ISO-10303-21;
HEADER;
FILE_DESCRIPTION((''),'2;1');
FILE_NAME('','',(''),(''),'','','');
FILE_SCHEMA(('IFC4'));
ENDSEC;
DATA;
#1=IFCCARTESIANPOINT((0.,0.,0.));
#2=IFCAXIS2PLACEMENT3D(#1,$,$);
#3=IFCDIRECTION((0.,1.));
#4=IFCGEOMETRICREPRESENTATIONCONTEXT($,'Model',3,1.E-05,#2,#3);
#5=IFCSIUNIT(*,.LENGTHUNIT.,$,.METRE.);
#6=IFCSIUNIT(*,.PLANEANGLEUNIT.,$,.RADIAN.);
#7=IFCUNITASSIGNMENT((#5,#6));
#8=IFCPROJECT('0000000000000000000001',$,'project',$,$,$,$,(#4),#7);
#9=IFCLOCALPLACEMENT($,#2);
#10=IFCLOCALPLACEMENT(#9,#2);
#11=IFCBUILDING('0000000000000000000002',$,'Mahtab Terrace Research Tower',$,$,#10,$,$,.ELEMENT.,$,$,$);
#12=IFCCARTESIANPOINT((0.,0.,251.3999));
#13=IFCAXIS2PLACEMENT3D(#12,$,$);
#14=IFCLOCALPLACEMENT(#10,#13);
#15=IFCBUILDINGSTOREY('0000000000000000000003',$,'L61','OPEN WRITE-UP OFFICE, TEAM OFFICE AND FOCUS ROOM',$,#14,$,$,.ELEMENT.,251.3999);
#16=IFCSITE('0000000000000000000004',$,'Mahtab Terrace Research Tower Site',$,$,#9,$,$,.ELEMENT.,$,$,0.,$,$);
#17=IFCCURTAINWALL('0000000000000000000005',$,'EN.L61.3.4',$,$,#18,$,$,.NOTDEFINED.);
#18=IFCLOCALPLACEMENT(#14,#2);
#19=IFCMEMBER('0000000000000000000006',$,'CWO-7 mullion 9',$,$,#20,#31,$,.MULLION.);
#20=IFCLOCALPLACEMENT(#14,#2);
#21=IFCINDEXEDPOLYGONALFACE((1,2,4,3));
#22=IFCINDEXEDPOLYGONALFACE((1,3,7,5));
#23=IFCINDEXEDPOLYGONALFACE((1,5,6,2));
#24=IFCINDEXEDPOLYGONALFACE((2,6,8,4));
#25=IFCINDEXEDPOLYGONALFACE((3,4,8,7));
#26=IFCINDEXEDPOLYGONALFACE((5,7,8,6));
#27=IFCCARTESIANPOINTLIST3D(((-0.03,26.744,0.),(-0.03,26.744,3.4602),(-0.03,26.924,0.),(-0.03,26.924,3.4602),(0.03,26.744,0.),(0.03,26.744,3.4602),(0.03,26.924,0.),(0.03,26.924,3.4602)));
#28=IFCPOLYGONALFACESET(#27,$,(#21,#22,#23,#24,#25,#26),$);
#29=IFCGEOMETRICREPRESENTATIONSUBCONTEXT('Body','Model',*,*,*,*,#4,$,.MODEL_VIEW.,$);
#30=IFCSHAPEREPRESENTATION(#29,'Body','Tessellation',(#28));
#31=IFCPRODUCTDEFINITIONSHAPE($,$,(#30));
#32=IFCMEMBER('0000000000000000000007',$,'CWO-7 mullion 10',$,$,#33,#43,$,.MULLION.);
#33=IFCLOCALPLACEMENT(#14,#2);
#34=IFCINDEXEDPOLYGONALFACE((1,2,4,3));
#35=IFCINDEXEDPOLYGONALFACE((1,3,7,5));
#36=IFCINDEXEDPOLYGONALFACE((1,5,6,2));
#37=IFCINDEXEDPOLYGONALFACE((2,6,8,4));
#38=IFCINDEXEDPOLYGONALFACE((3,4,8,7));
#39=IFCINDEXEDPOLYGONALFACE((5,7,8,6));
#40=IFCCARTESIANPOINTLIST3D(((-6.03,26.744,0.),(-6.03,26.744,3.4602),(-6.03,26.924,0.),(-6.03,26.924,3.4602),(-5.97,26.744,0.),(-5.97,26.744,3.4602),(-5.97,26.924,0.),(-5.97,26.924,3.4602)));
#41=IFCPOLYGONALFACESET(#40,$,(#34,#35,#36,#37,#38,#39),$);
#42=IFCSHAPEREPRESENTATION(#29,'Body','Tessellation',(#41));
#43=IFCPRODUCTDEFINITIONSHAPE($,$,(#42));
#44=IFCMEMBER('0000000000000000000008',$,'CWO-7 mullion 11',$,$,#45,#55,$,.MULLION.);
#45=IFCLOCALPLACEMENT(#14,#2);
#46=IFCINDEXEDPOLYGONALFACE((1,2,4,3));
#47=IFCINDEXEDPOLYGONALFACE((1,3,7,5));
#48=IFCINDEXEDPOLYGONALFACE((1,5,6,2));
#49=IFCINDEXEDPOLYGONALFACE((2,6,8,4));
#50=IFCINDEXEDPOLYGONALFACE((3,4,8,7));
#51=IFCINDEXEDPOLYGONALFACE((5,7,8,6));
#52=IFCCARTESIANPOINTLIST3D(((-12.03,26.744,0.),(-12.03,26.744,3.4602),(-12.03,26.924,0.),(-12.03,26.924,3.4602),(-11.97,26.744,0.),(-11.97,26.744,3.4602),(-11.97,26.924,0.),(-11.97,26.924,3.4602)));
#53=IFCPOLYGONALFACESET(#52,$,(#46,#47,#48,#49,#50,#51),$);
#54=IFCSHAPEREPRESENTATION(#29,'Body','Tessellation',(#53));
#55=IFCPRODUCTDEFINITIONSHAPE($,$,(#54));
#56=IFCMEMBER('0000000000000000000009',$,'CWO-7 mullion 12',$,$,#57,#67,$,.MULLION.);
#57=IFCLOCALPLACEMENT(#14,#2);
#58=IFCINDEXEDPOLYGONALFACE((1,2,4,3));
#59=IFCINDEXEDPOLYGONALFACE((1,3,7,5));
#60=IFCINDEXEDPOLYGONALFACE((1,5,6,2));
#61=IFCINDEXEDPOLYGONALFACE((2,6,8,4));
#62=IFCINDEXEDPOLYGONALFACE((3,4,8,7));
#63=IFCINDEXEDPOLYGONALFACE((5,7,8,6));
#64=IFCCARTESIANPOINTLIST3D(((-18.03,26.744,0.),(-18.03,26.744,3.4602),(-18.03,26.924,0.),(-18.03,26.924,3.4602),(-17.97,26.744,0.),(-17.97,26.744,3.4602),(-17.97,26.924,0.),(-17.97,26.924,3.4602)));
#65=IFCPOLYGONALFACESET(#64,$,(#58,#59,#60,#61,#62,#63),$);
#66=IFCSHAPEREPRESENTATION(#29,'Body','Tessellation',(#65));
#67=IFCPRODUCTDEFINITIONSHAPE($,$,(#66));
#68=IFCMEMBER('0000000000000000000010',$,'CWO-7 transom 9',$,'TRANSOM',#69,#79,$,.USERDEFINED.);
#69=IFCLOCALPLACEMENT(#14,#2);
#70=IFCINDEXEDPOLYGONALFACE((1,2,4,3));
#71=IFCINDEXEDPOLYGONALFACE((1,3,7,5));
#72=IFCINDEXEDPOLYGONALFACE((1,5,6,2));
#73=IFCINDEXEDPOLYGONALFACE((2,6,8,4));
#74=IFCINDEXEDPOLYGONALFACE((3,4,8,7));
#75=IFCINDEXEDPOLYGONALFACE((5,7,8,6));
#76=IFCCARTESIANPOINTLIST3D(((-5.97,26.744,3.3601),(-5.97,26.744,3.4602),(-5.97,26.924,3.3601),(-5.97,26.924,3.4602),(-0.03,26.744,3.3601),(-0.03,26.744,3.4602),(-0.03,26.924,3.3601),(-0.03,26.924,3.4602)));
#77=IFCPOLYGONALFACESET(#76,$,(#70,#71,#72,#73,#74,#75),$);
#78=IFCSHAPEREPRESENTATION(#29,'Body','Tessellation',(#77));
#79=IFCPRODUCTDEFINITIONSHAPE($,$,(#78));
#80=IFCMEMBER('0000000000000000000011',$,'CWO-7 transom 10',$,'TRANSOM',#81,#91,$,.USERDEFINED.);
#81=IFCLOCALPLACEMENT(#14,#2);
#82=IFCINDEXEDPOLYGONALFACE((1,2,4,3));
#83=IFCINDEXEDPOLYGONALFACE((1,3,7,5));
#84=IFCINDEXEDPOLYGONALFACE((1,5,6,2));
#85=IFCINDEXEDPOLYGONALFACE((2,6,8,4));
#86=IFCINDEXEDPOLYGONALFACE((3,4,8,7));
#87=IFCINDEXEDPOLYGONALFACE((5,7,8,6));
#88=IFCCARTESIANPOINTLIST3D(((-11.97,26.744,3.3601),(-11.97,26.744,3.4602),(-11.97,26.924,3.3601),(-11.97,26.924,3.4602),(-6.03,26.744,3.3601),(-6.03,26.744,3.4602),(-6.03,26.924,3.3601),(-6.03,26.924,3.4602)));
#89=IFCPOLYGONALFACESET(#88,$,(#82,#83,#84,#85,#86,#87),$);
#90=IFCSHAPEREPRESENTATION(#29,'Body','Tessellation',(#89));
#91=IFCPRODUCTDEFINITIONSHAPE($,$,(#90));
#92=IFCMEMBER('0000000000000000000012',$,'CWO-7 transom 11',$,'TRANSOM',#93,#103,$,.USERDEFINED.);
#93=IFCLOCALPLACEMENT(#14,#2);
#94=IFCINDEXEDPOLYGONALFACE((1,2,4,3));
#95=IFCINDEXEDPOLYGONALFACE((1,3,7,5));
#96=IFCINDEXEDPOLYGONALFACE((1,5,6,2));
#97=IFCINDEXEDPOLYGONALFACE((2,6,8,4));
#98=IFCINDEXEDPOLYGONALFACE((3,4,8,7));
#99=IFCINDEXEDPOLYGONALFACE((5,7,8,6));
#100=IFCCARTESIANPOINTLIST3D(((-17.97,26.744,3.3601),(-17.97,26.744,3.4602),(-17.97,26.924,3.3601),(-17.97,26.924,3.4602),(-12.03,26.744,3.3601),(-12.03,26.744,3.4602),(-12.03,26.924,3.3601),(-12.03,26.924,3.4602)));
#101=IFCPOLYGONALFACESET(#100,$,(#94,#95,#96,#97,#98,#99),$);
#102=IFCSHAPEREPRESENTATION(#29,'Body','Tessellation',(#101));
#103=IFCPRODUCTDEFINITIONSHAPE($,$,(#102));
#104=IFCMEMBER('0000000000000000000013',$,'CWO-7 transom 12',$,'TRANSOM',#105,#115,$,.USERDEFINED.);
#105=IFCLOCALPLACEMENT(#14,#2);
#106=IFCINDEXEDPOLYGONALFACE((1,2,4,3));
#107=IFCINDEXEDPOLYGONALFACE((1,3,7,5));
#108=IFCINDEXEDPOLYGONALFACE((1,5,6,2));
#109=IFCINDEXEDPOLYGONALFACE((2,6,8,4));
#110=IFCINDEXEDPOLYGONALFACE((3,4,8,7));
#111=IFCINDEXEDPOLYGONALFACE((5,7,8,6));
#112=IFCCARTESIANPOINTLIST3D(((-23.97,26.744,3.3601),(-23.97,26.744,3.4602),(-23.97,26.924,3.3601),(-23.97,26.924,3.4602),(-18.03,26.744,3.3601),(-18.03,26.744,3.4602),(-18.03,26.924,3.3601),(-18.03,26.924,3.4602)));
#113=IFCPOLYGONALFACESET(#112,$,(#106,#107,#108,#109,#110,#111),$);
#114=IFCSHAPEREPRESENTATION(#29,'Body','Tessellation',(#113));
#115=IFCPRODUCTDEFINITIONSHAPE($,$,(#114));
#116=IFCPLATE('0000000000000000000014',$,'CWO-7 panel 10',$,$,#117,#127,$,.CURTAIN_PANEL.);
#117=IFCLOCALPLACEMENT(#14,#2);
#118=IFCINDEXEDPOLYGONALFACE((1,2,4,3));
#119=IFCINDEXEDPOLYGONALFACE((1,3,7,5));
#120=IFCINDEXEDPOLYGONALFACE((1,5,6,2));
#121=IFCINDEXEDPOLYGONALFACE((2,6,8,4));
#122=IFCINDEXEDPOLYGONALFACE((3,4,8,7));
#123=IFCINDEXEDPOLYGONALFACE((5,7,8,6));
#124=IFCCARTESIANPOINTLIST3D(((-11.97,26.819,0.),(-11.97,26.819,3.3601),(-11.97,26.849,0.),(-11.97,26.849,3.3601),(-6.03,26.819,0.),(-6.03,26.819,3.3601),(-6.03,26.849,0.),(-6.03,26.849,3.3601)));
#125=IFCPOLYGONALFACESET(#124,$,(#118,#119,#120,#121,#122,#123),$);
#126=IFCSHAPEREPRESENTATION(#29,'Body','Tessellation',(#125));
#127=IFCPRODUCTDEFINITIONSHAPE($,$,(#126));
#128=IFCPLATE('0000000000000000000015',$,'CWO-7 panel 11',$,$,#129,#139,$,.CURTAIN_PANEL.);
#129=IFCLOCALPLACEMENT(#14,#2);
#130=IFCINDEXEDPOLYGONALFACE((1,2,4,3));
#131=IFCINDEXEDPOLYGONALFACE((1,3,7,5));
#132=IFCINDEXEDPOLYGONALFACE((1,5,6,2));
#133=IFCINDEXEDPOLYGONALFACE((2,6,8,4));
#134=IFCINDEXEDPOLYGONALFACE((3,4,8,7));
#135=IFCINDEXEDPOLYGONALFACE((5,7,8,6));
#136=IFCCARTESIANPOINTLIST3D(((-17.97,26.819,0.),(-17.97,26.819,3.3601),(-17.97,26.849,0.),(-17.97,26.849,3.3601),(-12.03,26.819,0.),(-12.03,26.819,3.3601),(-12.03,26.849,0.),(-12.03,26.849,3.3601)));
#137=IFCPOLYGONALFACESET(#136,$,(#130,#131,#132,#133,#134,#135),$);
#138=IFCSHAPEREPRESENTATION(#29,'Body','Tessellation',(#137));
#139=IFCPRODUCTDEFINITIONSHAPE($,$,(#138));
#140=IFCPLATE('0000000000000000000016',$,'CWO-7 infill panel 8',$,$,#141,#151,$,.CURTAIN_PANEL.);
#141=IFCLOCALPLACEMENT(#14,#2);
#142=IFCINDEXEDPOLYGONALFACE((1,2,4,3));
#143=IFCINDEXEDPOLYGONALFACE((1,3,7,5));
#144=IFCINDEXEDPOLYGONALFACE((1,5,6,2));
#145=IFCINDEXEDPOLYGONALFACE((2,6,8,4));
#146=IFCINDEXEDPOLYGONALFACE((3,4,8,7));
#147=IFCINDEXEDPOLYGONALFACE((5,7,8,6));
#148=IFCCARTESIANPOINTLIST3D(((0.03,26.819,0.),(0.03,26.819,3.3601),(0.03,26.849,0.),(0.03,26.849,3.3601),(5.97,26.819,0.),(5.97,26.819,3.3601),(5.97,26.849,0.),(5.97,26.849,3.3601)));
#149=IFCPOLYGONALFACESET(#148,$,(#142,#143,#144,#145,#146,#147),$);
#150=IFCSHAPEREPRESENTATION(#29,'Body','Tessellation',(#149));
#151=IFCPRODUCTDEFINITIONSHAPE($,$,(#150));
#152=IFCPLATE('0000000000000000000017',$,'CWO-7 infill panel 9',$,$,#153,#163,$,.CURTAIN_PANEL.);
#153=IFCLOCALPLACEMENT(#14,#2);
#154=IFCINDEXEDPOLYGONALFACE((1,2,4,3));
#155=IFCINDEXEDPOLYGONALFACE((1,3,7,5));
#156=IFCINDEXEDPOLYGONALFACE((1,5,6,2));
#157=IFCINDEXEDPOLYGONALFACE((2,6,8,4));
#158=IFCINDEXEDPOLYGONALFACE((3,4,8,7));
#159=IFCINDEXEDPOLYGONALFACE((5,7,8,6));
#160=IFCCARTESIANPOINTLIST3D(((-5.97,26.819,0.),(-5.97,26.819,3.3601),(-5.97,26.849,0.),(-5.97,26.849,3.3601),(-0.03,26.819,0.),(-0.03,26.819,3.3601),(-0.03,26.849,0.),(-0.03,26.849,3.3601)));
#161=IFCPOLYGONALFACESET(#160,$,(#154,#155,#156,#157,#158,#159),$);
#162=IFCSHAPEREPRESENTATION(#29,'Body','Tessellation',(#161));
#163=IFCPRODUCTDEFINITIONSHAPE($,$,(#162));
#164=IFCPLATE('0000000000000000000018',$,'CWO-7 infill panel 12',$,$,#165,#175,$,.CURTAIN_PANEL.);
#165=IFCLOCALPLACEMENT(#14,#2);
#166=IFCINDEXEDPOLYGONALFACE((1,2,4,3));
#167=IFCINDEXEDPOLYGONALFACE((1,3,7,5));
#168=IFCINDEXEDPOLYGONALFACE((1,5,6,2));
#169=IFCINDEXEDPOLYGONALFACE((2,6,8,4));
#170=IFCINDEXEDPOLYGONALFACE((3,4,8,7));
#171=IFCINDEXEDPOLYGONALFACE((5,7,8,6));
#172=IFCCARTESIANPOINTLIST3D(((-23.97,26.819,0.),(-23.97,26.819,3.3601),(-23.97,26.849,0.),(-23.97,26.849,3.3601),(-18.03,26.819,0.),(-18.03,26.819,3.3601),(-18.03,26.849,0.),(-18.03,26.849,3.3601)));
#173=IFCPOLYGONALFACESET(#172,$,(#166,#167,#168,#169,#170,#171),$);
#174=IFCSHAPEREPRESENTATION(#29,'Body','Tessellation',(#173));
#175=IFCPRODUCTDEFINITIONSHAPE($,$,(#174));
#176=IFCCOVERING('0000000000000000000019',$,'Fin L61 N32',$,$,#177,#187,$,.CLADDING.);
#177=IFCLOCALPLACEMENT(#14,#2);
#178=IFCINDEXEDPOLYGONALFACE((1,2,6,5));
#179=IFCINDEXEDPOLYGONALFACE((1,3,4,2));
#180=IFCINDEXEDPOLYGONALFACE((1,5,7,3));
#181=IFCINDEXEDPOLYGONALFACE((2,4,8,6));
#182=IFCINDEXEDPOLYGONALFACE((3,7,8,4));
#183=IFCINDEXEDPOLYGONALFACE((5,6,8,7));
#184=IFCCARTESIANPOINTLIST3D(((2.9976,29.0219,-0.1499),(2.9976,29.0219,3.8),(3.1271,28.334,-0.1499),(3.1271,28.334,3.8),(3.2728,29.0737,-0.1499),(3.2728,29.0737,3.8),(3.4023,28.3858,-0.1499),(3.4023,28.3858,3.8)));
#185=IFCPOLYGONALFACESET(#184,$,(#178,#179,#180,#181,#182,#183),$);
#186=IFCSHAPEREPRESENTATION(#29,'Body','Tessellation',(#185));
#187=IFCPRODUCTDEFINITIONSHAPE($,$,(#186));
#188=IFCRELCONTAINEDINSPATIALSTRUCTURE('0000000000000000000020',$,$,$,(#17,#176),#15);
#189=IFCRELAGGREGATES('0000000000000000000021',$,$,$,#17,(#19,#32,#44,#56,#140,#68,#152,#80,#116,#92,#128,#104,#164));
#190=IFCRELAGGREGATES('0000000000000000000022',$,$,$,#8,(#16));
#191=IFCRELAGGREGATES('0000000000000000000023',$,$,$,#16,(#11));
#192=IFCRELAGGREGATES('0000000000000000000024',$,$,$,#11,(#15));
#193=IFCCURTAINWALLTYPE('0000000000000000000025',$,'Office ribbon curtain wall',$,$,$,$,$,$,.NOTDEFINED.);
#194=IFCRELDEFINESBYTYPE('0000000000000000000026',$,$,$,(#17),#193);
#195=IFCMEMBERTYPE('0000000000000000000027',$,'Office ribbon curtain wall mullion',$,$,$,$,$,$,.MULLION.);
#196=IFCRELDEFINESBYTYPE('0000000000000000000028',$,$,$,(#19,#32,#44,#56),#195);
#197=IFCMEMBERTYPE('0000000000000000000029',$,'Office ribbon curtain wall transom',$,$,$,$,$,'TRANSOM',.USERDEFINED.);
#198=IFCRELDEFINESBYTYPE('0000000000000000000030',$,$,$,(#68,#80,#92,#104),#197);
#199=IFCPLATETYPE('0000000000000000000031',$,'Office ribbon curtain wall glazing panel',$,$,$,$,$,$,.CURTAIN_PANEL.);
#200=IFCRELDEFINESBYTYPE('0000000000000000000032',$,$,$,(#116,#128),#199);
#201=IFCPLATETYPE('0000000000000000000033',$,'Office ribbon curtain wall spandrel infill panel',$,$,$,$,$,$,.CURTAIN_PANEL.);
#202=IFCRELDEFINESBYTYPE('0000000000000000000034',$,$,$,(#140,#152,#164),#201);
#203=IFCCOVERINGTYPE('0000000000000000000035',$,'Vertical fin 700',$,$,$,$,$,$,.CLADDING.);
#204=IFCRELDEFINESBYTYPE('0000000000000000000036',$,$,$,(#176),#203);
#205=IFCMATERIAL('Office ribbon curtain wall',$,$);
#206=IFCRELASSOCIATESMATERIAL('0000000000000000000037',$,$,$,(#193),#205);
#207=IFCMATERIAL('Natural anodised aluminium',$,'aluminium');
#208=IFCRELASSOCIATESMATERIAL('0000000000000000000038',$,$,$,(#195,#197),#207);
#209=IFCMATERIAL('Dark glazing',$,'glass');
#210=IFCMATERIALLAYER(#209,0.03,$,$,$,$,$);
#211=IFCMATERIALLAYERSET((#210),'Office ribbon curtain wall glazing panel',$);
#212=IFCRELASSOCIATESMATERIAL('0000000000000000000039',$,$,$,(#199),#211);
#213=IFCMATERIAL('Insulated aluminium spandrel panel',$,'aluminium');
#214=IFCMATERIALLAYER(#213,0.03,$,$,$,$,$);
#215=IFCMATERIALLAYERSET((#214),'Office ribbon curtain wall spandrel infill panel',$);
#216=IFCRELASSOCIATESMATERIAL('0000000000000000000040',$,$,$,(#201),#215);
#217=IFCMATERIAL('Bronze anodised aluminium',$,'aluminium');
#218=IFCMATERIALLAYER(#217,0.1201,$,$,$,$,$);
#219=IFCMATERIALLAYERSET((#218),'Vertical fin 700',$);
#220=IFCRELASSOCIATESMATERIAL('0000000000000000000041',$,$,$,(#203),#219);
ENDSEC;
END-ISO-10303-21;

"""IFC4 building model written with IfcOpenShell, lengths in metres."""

from ifc_helpers import new_model, si_unit, direction, frame, origin, origin_2d, place, context, subcontext, project, spatial, rectangle, extrude, material, layer, layer_set, material_profile, profile_set, type_object, element, aggregate, save


model = new_model("IFC4")

# Units and contexts
model_context = context("Model", 3, precision=1e-05, world=origin(), true_north=direction((0.0, 1.0)))
body_context = subcontext(model_context, "Body", "Model", "MODEL_VIEW")
ifc_project = project(units=[si_unit("LENGTHUNIT", "METRE"), si_unit("PLANEANGLEUNIT", "RADIAN")], contexts=[model_context])

# Site, building, storey
site_placement = place(None, origin())
site = spatial("IfcSite", under=ifc_project, at=site_placement, Name="Mahtab Terrace Research Tower Site", CompositionType="ELEMENT", RefElevation=0.0)
building_placement = place(site_placement, origin())
building = spatial("IfcBuilding", under=site, at=building_placement, Name="Mahtab Terrace Research Tower", CompositionType="ELEMENT")
storey_placement = place(building_placement, frame((0.0, 0.0, 251.3999)))
storey = spatial("IfcBuildingStorey", under=building, at=storey_placement, Name="L61", Description="OPEN WRITE-UP OFFICE, TEAM OFFICE AND FOCUS ROOM", CompositionType="ELEMENT", Elevation=251.3999)

# Curtain wall, members, plates
ifc_material_1 = material(Name="Office ribbon curtain wall")
curtain_wall_type = type_object("IfcCurtainWallType", Name="Office ribbon curtain wall", PredefinedType="NOTDEFINED", material=ifc_material_1)
curtain_wall_placement = place(storey_placement, origin())
curtain_wall = element("IfcCurtainWall", 1, at=curtain_wall_placement, inside=storey, type_object=curtain_wall_type, Name="EN.L61.3.4", PredefinedType="NOTDEFINED")
ifc_material_2 = material(Name="Natural anodised aluminium", Category="aluminium")
ifc_material_profile_1 = material_profile(ifc_material_2, rectangle(XDim=0.1799, YDim=0.0601, at=origin_2d()), Name="MULLION 60x180")
ifc_profile_set_1 = profile_set([ifc_material_profile_1], Name="Natural anodised aluminium")
member_type_1 = type_object("IfcMemberType", Name="Office ribbon curtain wall mullion", PredefinedType="MULLION", material=ifc_profile_set_1)
member_1_placement = place(storey_placement, frame((0.0, 26.834, 0.0), z_axis=(0.0, 0.0, 1.0), x_axis=(0.0, -1.0, 0.0)))
member_1 = element("IfcMember", 2, at=member_1_placement, type_object=member_type_1, Name="CWO-7 mullion 9", PredefinedType="MULLION", context=body_context, shape_type="SweptSolid", body=[
    extrude(rectangle(XDim=0.1799, YDim=0.0601, at=origin_2d()), origin(), (0.0, 0.0, 1.0), 3.4602),
])
member_2_placement = place(storey_placement, frame((-6.0, 26.834, 0.0), z_axis=(0.0, 0.0, 1.0), x_axis=(0.0, -1.0, 0.0)))
member_2 = element("IfcMember", 3, at=member_2_placement, type_object=member_type_1, Name="CWO-7 mullion 10", PredefinedType="MULLION", context=body_context, shape_type="SweptSolid", body=[
    extrude(rectangle(XDim=0.1799, YDim=0.0601, at=origin_2d()), origin(), (0.0, 0.0, 1.0), 3.4602),
])
member_3_placement = place(storey_placement, frame((-12.0, 26.834, 0.0), z_axis=(0.0, 0.0, 1.0), x_axis=(0.0, -1.0, 0.0)))
member_3 = element("IfcMember", 4, at=member_3_placement, type_object=member_type_1, Name="CWO-7 mullion 11", PredefinedType="MULLION", context=body_context, shape_type="SweptSolid", body=[
    extrude(rectangle(XDim=0.1799, YDim=0.0601, at=origin_2d()), origin(), (0.0, 0.0, 1.0), 3.4602),
])
member_4_placement = place(storey_placement, frame((-18.0, 26.834, 0.0), z_axis=(0.0, 0.0, 1.0), x_axis=(0.0, -1.0, 0.0)))
member_4 = element("IfcMember", 5, at=member_4_placement, type_object=member_type_1, Name="CWO-7 mullion 12", PredefinedType="MULLION", context=body_context, shape_type="SweptSolid", body=[
    extrude(rectangle(XDim=0.1799, YDim=0.0601, at=origin_2d()), origin(), (0.0, 0.0, 1.0), 3.4602),
])
ifc_material_profile_2 = material_profile(ifc_material_2, rectangle(XDim=0.1799, YDim=0.1001, at=origin_2d()), Name="TRANSOM 100x180")
ifc_profile_set_2 = profile_set([ifc_material_profile_2], Name="Natural anodised aluminium")
member_type_2 = type_object("IfcMemberType", Name="Office ribbon curtain wall transom", ElementType="TRANSOM", PredefinedType="USERDEFINED", material=ifc_profile_set_2)
member_5_placement = place(storey_placement, frame((-0.03, 26.834, 3.4102), z_axis=(-1.0, 0.0, 0.0), x_axis=(0.0, -1.0, 0.0)))
member_5 = element("IfcMember", 6, at=member_5_placement, type_object=member_type_2, Name="CWO-7 transom 9", ObjectType="TRANSOM", PredefinedType="USERDEFINED", context=body_context, shape_type="SweptSolid", body=[
    extrude(rectangle(XDim=0.1799, YDim=0.1001, at=origin_2d()), origin(), (0.0, 0.0, 1.0), 5.9399),
])
member_6_placement = place(storey_placement, frame((-6.03, 26.834, 3.4102), z_axis=(-1.0, 0.0, 0.0), x_axis=(0.0, -1.0, 0.0)))
member_6 = element("IfcMember", 7, at=member_6_placement, type_object=member_type_2, Name="CWO-7 transom 10", ObjectType="TRANSOM", PredefinedType="USERDEFINED", context=body_context, shape_type="SweptSolid", body=[
    extrude(rectangle(XDim=0.1799, YDim=0.1001, at=origin_2d()), origin(), (0.0, 0.0, 1.0), 5.9399),
])
member_7_placement = place(storey_placement, frame((-12.03, 26.834, 3.4102), z_axis=(-1.0, 0.0, 0.0), x_axis=(0.0, -1.0, 0.0)))
member_7 = element("IfcMember", 8, at=member_7_placement, type_object=member_type_2, Name="CWO-7 transom 11", ObjectType="TRANSOM", PredefinedType="USERDEFINED", context=body_context, shape_type="SweptSolid", body=[
    extrude(rectangle(XDim=0.1799, YDim=0.1001, at=origin_2d()), origin(), (0.0, 0.0, 1.0), 5.9399),
])
member_8_placement = place(storey_placement, frame((-18.03, 26.834, 3.4102), z_axis=(-1.0, 0.0, 0.0), x_axis=(0.0, -1.0, 0.0)))
member_8 = element("IfcMember", 9, at=member_8_placement, type_object=member_type_2, Name="CWO-7 transom 12", ObjectType="TRANSOM", PredefinedType="USERDEFINED", context=body_context, shape_type="SweptSolid", body=[
    extrude(rectangle(XDim=0.1799, YDim=0.1001, at=origin_2d()), origin(), (0.0, 0.0, 1.0), 5.9399),
])
ifc_material_3 = material(Name="Dark glazing", Category="glass")
ifc_layer_1 = layer(ifc_material_3, 0.03)
ifc_layer_set_1 = layer_set([ifc_layer_1], Name="Office ribbon curtain wall glazing panel")
plate_type_1 = type_object("IfcPlateType", Name="Office ribbon curtain wall glazing panel", PredefinedType="CURTAIN_PANEL", material=ifc_layer_set_1)
plate_1_placement = place(storey_placement, frame((-9.0, 26.834, 0.0), z_axis=(0.0, 0.0, 1.0), x_axis=(-1.0, 0.0, 0.0)))
plate_1 = element("IfcPlate", 10, at=plate_1_placement, type_object=plate_type_1, Name="CWO-7 panel 10", PredefinedType="CURTAIN_PANEL", context=body_context, shape_type="SweptSolid", body=[
    extrude(rectangle(XDim=5.9399, YDim=0.03, at=origin_2d()), origin(), (0.0, 0.0, 1.0), 3.3601),
])
plate_2_placement = place(storey_placement, frame((-15.0, 26.834, 0.0), z_axis=(0.0, 0.0, 1.0), x_axis=(-1.0, 0.0, 0.0)))
plate_2 = element("IfcPlate", 11, at=plate_2_placement, type_object=plate_type_1, Name="CWO-7 panel 11", PredefinedType="CURTAIN_PANEL", context=body_context, shape_type="SweptSolid", body=[
    extrude(rectangle(XDim=5.9399, YDim=0.03, at=origin_2d()), origin(), (0.0, 0.0, 1.0), 3.3601),
])
ifc_material_4 = material(Name="Insulated aluminium spandrel panel", Category="aluminium")
ifc_layer_2 = layer(ifc_material_4, 0.03)
ifc_layer_set_2 = layer_set([ifc_layer_2], Name="Office ribbon curtain wall spandrel infill panel")
plate_type_2 = type_object("IfcPlateType", Name="Office ribbon curtain wall spandrel infill panel", PredefinedType="CURTAIN_PANEL", material=ifc_layer_set_2)
plate_3_placement = place(storey_placement, frame((3.0, 26.834, 0.0), z_axis=(0.0, 0.0, 1.0), x_axis=(-1.0, 0.0, 0.0)))
plate_3 = element("IfcPlate", 12, at=plate_3_placement, type_object=plate_type_2, Name="CWO-7 infill panel 8", PredefinedType="CURTAIN_PANEL", context=body_context, shape_type="SweptSolid", body=[
    extrude(rectangle(XDim=5.9399, YDim=0.03, at=origin_2d()), origin(), (0.0, 0.0, 1.0), 3.3601),
])
plate_4_placement = place(storey_placement, frame((-3.0, 26.834, 0.0), z_axis=(0.0, 0.0, 1.0), x_axis=(-1.0, 0.0, 0.0)))
plate_4 = element("IfcPlate", 13, at=plate_4_placement, type_object=plate_type_2, Name="CWO-7 infill panel 9", PredefinedType="CURTAIN_PANEL", context=body_context, shape_type="SweptSolid", body=[
    extrude(rectangle(XDim=5.9399, YDim=0.03, at=origin_2d()), origin(), (0.0, 0.0, 1.0), 3.3601),
])
plate_5_placement = place(storey_placement, frame((-21.0, 26.834, 0.0), z_axis=(0.0, 0.0, 1.0), x_axis=(-1.0, 0.0, 0.0)))
plate_5 = element("IfcPlate", 14, at=plate_5_placement, type_object=plate_type_2, Name="CWO-7 infill panel 12", PredefinedType="CURTAIN_PANEL", context=body_context, shape_type="SweptSolid", body=[
    extrude(rectangle(XDim=5.9399, YDim=0.03, at=origin_2d()), origin(), (0.0, 0.0, 1.0), 3.3601),
])
aggregate(curtain_wall, [member_1, member_2, member_3, member_4, plate_3, member_5, plate_4, member_6, plate_1, member_7, plate_2, member_8, plate_5])

# Covering
ifc_material_5 = material(Name="Bronze anodised aluminium", Category="aluminium")
ifc_layer_3 = layer(ifc_material_5, 0.1201)
ifc_layer_set_3 = layer_set([ifc_layer_3], Name="Vertical fin 700")
covering_type = type_object("IfcCoveringType", Name="Vertical fin 700", PredefinedType="CLADDING", material=ifc_layer_set_3)
for number, where, z_axis, x_axis, name in (
    (15, (3.2, 28.7039, -0.1499), (0.0, 0.0, 1.0), (-0.982721, -0.185095, 0.0), "Fin L61 N32"),
):
    element("IfcCovering", number, at=place(storey_placement, frame(where, z_axis=z_axis, x_axis=x_axis)), inside=storey, type_object=covering_type, Name=name, PredefinedType="CLADDING", context=body_context, shape_type="SweptSolid", body=[
        extrude(rectangle(XDim=0.28, YDim=0.7, at=origin_2d()), origin(), (0.0, 0.0, 1.0), 3.95),
    ])

save(model, "model.ifc")
